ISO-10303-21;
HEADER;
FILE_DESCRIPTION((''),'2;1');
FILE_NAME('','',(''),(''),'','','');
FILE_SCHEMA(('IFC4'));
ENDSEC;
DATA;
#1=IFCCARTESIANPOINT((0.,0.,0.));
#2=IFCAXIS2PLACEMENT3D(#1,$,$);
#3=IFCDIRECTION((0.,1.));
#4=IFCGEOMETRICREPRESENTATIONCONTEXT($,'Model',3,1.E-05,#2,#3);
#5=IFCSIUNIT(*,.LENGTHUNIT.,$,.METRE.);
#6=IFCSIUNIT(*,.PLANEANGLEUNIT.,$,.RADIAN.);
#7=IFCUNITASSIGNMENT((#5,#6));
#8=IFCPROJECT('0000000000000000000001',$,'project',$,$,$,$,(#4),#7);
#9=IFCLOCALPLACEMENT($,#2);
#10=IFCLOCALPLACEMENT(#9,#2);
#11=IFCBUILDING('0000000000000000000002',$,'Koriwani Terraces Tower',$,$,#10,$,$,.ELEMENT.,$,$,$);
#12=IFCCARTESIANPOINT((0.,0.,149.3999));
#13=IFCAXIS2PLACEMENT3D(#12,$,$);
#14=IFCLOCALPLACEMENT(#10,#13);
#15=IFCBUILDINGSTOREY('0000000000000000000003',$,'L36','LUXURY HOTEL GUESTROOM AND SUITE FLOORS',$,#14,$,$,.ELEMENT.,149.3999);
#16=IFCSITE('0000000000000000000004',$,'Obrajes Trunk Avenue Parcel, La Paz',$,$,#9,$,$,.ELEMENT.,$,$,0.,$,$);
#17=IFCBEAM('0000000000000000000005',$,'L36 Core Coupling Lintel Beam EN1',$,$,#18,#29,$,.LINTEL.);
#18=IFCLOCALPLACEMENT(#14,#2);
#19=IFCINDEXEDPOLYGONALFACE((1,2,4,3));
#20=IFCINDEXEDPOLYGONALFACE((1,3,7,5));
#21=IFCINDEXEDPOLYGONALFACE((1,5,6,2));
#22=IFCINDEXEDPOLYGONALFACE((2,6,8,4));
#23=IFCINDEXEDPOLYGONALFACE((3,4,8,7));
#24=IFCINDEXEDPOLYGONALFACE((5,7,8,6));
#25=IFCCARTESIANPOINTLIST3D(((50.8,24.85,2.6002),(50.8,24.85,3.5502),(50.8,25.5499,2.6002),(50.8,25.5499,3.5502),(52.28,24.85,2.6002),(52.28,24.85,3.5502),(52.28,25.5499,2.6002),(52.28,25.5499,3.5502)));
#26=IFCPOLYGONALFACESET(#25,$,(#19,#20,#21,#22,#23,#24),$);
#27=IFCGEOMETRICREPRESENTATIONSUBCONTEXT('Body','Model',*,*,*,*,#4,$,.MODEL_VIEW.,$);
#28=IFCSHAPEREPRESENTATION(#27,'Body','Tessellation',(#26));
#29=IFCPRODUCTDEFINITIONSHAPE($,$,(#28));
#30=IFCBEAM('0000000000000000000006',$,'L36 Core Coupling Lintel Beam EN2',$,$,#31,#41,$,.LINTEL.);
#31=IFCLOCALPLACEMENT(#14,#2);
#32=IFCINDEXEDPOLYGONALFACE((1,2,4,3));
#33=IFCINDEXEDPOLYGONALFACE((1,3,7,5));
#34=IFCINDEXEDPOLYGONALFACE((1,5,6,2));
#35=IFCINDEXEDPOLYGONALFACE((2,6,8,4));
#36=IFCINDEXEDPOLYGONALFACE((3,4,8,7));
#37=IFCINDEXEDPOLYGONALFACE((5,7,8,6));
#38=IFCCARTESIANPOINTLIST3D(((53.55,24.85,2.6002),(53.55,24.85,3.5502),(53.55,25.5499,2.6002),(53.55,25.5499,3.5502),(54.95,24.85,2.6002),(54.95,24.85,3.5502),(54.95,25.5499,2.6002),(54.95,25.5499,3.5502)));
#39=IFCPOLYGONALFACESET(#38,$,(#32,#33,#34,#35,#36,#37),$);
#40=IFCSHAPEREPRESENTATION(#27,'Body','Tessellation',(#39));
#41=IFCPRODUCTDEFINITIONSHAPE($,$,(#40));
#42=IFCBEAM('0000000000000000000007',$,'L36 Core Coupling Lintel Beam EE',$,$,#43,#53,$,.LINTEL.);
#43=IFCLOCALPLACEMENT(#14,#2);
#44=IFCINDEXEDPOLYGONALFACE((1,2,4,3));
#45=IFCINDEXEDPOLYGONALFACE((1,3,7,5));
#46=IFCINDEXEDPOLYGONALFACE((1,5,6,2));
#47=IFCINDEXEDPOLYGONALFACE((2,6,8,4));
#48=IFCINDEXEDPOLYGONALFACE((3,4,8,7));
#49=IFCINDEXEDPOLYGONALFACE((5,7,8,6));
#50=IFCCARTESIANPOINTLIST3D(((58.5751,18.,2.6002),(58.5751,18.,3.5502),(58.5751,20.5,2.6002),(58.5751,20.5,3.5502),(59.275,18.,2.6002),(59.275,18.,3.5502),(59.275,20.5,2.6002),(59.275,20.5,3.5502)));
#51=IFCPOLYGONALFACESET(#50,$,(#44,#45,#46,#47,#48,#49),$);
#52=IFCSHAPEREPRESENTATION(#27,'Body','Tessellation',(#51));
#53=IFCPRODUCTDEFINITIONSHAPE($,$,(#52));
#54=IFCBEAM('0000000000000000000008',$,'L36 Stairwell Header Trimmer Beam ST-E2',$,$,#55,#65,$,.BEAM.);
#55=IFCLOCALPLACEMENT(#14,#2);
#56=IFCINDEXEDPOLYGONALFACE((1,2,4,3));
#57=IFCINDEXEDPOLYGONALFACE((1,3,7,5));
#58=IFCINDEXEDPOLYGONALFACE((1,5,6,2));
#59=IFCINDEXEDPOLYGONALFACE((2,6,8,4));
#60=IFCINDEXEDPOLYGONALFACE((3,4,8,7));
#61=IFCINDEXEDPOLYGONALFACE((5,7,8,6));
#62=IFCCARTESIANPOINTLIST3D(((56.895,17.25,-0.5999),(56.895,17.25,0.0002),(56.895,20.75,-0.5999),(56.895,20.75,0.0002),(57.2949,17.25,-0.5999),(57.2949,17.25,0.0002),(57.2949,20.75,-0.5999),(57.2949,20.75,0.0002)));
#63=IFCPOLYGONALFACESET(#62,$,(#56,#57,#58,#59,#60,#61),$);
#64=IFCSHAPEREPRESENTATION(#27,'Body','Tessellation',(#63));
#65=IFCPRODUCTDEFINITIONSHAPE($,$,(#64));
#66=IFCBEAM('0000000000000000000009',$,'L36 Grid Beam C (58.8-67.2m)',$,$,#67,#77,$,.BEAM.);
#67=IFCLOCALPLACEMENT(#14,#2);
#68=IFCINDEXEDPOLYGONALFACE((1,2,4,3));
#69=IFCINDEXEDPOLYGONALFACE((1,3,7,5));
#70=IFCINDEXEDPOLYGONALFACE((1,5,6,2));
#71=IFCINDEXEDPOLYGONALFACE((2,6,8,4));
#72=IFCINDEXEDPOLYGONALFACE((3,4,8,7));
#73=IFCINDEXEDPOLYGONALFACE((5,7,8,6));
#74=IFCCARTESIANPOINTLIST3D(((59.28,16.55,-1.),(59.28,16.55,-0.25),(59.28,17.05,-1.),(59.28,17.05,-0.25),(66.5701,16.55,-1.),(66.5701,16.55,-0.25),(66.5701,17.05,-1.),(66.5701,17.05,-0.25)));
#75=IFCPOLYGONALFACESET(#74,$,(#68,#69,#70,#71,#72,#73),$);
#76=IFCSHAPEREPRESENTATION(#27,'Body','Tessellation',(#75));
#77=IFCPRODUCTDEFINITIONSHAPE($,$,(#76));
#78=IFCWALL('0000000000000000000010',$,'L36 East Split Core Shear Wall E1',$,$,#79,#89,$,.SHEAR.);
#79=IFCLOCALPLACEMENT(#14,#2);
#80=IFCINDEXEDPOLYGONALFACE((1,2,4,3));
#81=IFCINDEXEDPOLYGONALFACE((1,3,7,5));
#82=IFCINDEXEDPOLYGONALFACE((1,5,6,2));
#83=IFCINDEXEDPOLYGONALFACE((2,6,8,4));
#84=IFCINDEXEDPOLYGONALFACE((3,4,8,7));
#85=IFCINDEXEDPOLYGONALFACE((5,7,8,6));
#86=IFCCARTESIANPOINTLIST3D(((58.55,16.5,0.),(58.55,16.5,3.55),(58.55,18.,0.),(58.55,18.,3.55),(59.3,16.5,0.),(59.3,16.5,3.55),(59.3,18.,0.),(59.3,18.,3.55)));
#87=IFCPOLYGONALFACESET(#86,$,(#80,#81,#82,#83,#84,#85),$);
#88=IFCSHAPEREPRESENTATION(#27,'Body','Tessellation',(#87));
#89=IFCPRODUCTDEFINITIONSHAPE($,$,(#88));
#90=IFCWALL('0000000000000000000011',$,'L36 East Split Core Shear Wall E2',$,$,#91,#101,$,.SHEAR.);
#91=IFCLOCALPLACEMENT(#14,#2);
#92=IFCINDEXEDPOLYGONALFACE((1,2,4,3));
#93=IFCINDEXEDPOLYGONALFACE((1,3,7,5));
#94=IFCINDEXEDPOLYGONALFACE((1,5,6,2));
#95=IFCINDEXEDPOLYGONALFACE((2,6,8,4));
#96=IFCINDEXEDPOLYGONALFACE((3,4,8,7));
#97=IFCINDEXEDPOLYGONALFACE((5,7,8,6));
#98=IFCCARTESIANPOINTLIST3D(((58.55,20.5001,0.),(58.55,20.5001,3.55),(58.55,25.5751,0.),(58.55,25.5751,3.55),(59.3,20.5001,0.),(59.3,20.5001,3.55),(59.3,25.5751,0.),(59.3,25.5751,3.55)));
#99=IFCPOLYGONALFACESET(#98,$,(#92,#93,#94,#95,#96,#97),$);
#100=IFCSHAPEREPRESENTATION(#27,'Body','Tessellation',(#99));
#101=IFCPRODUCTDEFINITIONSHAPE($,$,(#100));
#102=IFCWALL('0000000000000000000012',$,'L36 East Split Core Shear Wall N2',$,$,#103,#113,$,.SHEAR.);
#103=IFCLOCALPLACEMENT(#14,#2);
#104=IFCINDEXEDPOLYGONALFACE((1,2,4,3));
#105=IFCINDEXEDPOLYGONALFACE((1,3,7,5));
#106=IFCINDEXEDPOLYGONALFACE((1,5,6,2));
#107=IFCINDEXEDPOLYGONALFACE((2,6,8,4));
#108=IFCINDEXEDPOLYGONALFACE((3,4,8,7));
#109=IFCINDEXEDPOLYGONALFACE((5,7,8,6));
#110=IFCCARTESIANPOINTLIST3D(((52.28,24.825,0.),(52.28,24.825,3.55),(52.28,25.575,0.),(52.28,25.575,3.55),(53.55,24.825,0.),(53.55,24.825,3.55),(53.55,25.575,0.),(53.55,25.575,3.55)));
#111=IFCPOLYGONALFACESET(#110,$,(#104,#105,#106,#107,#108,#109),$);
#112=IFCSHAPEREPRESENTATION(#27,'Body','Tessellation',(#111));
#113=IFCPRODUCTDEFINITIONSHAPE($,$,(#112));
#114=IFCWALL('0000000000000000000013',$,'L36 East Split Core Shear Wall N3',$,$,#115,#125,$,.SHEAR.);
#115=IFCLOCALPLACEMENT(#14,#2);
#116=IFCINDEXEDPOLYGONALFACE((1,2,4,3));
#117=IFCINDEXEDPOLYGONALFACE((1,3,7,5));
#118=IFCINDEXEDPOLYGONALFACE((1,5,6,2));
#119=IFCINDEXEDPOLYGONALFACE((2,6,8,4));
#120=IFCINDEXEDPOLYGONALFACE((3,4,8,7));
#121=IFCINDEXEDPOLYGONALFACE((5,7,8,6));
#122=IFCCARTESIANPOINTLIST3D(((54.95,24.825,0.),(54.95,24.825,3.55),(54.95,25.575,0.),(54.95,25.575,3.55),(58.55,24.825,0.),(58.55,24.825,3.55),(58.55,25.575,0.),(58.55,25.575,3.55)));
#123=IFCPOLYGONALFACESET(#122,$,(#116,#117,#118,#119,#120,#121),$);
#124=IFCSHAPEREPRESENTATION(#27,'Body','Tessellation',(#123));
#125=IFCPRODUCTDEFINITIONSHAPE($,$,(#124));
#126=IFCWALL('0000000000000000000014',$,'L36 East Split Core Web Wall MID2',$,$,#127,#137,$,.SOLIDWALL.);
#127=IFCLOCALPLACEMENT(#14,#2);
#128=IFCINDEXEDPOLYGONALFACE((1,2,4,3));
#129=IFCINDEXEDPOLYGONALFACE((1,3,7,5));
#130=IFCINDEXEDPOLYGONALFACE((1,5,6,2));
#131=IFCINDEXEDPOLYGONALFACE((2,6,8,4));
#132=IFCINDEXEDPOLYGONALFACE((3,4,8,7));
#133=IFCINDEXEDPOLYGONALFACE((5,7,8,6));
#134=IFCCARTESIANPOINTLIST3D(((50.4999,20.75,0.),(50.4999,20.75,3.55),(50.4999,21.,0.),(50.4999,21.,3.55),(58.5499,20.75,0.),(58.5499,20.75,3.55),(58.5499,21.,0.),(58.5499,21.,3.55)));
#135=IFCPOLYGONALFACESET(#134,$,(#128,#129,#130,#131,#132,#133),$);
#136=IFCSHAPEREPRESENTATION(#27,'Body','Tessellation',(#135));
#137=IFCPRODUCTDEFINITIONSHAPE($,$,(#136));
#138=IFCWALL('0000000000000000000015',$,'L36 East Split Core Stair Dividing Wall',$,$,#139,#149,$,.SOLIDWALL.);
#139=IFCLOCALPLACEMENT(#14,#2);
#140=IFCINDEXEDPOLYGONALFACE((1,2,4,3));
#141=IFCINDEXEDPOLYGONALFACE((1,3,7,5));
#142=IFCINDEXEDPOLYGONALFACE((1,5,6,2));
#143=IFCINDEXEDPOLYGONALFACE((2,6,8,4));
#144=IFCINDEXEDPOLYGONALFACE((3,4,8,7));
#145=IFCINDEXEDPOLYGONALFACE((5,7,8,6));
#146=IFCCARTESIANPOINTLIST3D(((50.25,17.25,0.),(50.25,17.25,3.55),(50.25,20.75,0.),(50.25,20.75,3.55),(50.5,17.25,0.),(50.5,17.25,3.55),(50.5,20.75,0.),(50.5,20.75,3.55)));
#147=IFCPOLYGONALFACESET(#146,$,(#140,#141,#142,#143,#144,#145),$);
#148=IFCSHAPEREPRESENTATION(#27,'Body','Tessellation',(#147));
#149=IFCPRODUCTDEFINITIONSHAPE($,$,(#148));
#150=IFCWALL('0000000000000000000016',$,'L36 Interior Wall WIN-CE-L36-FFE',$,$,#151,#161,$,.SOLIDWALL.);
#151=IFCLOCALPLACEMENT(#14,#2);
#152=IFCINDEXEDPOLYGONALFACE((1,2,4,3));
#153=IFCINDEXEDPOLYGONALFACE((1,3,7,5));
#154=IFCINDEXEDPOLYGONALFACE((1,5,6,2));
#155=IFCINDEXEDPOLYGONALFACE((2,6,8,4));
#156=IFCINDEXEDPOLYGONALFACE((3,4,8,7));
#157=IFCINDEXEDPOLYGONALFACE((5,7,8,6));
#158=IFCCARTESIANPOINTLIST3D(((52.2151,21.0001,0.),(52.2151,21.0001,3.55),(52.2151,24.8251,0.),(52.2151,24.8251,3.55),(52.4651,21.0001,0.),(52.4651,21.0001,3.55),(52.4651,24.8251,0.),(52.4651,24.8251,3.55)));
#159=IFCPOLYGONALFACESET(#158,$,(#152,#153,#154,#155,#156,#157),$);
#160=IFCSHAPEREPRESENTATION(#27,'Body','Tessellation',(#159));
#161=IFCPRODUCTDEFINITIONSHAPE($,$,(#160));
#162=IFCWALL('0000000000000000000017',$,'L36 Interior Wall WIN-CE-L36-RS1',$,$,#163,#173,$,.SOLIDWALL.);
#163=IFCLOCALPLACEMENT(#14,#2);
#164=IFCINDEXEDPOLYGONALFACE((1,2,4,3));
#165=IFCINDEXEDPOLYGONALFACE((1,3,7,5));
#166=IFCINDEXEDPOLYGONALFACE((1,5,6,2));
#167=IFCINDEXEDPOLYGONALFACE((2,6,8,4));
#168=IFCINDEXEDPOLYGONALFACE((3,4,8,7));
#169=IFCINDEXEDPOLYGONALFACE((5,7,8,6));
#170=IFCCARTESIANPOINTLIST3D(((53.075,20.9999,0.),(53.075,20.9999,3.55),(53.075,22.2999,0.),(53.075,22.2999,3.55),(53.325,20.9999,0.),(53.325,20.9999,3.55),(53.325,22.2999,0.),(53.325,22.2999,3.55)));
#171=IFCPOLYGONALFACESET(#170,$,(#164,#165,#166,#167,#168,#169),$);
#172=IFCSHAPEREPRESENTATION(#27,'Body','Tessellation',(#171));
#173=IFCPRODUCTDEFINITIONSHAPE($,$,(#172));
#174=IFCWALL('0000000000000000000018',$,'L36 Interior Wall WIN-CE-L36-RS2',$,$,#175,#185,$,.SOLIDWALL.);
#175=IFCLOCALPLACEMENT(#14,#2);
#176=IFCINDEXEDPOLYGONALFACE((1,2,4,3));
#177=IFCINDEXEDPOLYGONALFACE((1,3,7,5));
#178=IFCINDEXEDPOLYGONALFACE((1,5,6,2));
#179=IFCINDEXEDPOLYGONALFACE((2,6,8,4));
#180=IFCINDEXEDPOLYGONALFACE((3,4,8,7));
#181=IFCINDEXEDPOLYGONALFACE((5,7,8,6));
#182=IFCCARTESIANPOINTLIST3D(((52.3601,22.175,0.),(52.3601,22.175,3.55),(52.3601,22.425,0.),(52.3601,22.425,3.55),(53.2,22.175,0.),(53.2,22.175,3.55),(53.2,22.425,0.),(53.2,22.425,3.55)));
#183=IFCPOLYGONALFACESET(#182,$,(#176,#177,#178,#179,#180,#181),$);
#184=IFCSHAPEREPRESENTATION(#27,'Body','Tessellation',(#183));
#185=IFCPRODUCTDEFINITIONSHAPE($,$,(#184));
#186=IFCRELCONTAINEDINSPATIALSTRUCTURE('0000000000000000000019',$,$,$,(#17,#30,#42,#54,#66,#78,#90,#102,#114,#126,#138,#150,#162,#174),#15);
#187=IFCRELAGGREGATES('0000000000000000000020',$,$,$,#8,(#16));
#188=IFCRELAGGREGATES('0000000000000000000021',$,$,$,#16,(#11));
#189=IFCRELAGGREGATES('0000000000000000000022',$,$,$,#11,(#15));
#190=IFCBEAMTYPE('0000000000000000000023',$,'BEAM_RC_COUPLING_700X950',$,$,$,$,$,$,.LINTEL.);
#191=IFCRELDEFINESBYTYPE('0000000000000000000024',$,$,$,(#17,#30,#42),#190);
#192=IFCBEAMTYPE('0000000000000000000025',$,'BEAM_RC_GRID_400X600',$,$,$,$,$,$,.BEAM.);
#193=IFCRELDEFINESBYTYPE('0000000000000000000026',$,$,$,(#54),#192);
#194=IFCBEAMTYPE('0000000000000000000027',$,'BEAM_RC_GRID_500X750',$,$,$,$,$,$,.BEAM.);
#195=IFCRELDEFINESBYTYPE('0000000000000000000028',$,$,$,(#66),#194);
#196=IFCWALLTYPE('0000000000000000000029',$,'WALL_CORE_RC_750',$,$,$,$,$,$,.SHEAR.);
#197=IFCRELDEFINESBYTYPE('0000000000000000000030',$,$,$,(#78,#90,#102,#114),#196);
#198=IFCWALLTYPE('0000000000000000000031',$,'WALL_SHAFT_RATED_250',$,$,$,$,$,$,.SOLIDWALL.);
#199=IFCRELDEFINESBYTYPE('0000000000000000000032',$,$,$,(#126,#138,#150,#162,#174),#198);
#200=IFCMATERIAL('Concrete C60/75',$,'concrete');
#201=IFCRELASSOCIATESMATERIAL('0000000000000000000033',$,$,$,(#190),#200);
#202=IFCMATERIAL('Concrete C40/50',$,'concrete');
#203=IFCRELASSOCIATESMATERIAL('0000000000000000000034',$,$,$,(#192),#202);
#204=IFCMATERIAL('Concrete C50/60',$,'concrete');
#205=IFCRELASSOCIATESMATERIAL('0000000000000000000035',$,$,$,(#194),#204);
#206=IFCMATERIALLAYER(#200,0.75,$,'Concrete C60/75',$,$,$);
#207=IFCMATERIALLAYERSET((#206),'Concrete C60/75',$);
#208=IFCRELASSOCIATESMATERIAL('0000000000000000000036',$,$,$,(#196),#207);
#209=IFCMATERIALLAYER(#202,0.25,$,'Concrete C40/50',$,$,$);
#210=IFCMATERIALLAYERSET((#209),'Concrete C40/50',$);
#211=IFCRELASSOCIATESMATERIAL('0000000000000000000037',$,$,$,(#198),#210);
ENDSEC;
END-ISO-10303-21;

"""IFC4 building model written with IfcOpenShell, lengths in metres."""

from ifc_helpers import new_model, si_unit, direction, frame, frame_2d, origin, origin_2d, place, context, subcontext, project, spatial, rectangle, extrude, material, layer, layer_set, material_profile, profile_set, type_object, element, save


model = new_model("IFC4")

# Units and contexts
model_context = context("Model", 3, precision=1e-05, world=origin(), true_north=direction((0.0, 1.0)))
body_context = subcontext(model_context, "Body", "Model", "MODEL_VIEW")
ifc_project = project(units=[si_unit("LENGTHUNIT", "METRE"), si_unit("PLANEANGLEUNIT", "RADIAN")], contexts=[model_context])

# Site, building, storey
site_placement = place(None, origin())
site = spatial("IfcSite", under=ifc_project, at=site_placement, Name="Obrajes Trunk Avenue Parcel, La Paz", CompositionType="ELEMENT", RefElevation=0.0)
building_placement = place(site_placement, origin())
building = spatial("IfcBuilding", under=site, at=building_placement, Name="Koriwani Terraces Tower", CompositionType="ELEMENT")
storey_placement = place(building_placement, frame((0.0, 0.0, 149.3999)))
storey = spatial("IfcBuildingStorey", under=building, at=storey_placement, Name="L36", Description="LUXURY HOTEL GUESTROOM AND SUITE FLOORS", CompositionType="ELEMENT", Elevation=149.3999)

# Beams
ifc_material_1 = material(Name="Concrete C60/75", Category="concrete")
ifc_material_profile_1 = material_profile(ifc_material_1, rectangle(XDim=0.7, YDim=0.95, at=origin_2d()), Name="Concrete C60/75", Category="LoadBearing")
ifc_profile_set_1 = profile_set([ifc_material_profile_1], Name="Concrete C60/75")
beam_type_1 = type_object("IfcBeamType", Name="BEAM_RC_COUPLING_700X950", PredefinedType="LINTEL", material=ifc_profile_set_1)
beam_1_placement = place(storey_placement, frame((50.8, 25.2, 3.0752), z_axis=(1.0, 0.0, 0.0), x_axis=(0.0, 1.0, 0.0)))
element("IfcBeam", 1, at=beam_1_placement, inside=storey, type_object=beam_type_1, Name="L36 Core Coupling Lintel Beam EN1", PredefinedType="LINTEL", context=body_context, shape_type="SweptSolid", body=[
    extrude(rectangle(XDim=0.7, YDim=0.95, at=origin_2d()), origin(), (0.0, 0.0, 1.0), 1.48),
])
beam_2_placement = place(storey_placement, frame((53.55, 25.2, 3.0752), z_axis=(1.0, 0.0, 0.0), x_axis=(0.0, 1.0, 0.0)))
element("IfcBeam", 2, at=beam_2_placement, inside=storey, type_object=beam_type_1, Name="L36 Core Coupling Lintel Beam EN2", PredefinedType="LINTEL", context=body_context, shape_type="SweptSolid", body=[
    extrude(rectangle(XDim=0.7, YDim=0.95, at=origin_2d()), origin(), (0.0, 0.0, 1.0), 1.3999),
])
beam_3_placement = place(storey_placement, frame((58.925, 18.0, 3.0752), z_axis=(0.0, 1.0, 0.0), x_axis=(-1.0, 0.0, 0.0)))
element("IfcBeam", 3, at=beam_3_placement, inside=storey, type_object=beam_type_1, Name="L36 Core Coupling Lintel Beam EE", PredefinedType="LINTEL", context=body_context, shape_type="SweptSolid", body=[
    extrude(rectangle(XDim=0.7, YDim=0.95, at=origin_2d()), origin(), (0.0, 0.0, 1.0), 2.5),
])
ifc_material_2 = material(Name="Concrete C40/50", Category="concrete")
ifc_material_profile_2 = material_profile(ifc_material_2, rectangle(XDim=0.3999, YDim=0.6001, at=origin_2d()), Name="Concrete C40/50", Category="LoadBearing")
ifc_profile_set_2 = profile_set([ifc_material_profile_2], Name="Concrete C40/50")
beam_type_2 = type_object("IfcBeamType", Name="BEAM_RC_GRID_400X600", PredefinedType="BEAM", material=ifc_profile_set_2)
beam_4_placement = place(storey_placement, frame((57.095, 17.25, -0.2998), z_axis=(0.0, 1.0, 0.0), x_axis=(-1.0, 0.0, 0.0)))
element("IfcBeam", 4, at=beam_4_placement, inside=storey, type_object=beam_type_2, Name="L36 Stairwell Header Trimmer Beam ST-E2", PredefinedType="BEAM", context=body_context, shape_type="SweptSolid", body=[
    extrude(rectangle(XDim=0.3999, YDim=0.6001, at=origin_2d()), origin(), (0.0, 0.0, 1.0), 3.5),
])
ifc_material_3 = material(Name="Concrete C50/60", Category="concrete")
ifc_material_profile_3 = material_profile(ifc_material_3, rectangle(XDim=0.5, YDim=0.75, at=origin_2d()), Name="Concrete C50/60", Category="LoadBearing")
ifc_profile_set_3 = profile_set([ifc_material_profile_3], Name="Concrete C50/60")
beam_type_3 = type_object("IfcBeamType", Name="BEAM_RC_GRID_500X750", PredefinedType="BEAM", material=ifc_profile_set_3)
beam_5_placement = place(storey_placement, frame((59.28, 16.8, -0.625), z_axis=(1.0, 0.0, 0.0), x_axis=(0.0, 1.0, 0.0)))
element("IfcBeam", 5, at=beam_5_placement, inside=storey, type_object=beam_type_3, Name="L36 Grid Beam C (58.8-67.2m)", PredefinedType="BEAM", context=body_context, shape_type="SweptSolid", body=[
    extrude(rectangle(XDim=0.5, YDim=0.75, at=origin_2d()), origin(), (0.0, 0.0, 1.0), 7.29),
])

# Walls
ifc_layer_1 = layer(ifc_material_1, 0.75, Name="Concrete C60/75")
ifc_layer_set_1 = layer_set([ifc_layer_1], Name="Concrete C60/75")
wall_type_1 = type_object("IfcWallType", Name="WALL_CORE_RC_750", PredefinedType="SHEAR", material=ifc_layer_set_1)
wall_1_placement = place(storey_placement, frame((58.925, 16.5, 0.0), z_axis=(0.0, 0.0, 1.0), x_axis=(0.0, 1.0, 0.0)))
element("IfcWall", 6, at=wall_1_placement, inside=storey, type_object=wall_type_1, Name="L36 East Split Core Shear Wall E1", PredefinedType="SHEAR", context=body_context, shape_type="SweptSolid", body=[
    extrude(rectangle(XDim=1.5, YDim=0.75, at=frame_2d((0.75, 0.0))), origin(), (0.0, 0.0, 1.0), 3.55),
])
wall_2_placement = place(storey_placement, frame((58.925, 20.5, 0.0), z_axis=(0.0, 0.0, 1.0), x_axis=(0.0, 1.0, 0.0)))
element("IfcWall", 7, at=wall_2_placement, inside=storey, type_object=wall_type_1, Name="L36 East Split Core Shear Wall E2", PredefinedType="SHEAR", context=body_context, shape_type="SweptSolid", body=[
    extrude(rectangle(XDim=5.075, YDim=0.75, at=frame_2d((2.5376, 0.0))), origin(), (0.0, 0.0, 1.0), 3.55),
])
wall_3_placement = place(storey_placement, frame((52.28, 25.2, 0.0), z_axis=(0.0, 0.0, 1.0), x_axis=(1.0, 0.0, 0.0)))
element("IfcWall", 8, at=wall_3_placement, inside=storey, type_object=wall_type_1, Name="L36 East Split Core Shear Wall N2", PredefinedType="SHEAR", context=body_context, shape_type="SweptSolid", body=[
    extrude(rectangle(XDim=1.27, YDim=0.75, at=frame_2d((0.635, 0.0))), origin(), (0.0, 0.0, 1.0), 3.55),
])
wall_4_placement = place(storey_placement, frame((54.95, 25.2, 0.0), z_axis=(0.0, 0.0, 1.0), x_axis=(1.0, 0.0, 0.0)))
element("IfcWall", 9, at=wall_4_placement, inside=storey, type_object=wall_type_1, Name="L36 East Split Core Shear Wall N3", PredefinedType="SHEAR", context=body_context, shape_type="SweptSolid", body=[
    extrude(rectangle(XDim=3.6001, YDim=0.75, at=frame_2d((1.8, 0.0))), origin(), (0.0, 0.0, 1.0), 3.55),
])
ifc_layer_2 = layer(ifc_material_2, 0.25, Name="Concrete C40/50")
ifc_layer_set_2 = layer_set([ifc_layer_2], Name="Concrete C40/50")
wall_type_2 = type_object("IfcWallType", Name="WALL_SHAFT_RATED_250", PredefinedType="SOLIDWALL", material=ifc_layer_set_2)
wall_5_placement = place(storey_placement, frame((50.5, 20.875, 0.0), z_axis=(0.0, 0.0, 1.0), x_axis=(1.0, 0.0, 0.0)))
element("IfcWall", 10, at=wall_5_placement, inside=storey, type_object=wall_type_2, Name="L36 East Split Core Web Wall MID2", PredefinedType="SOLIDWALL", context=body_context, shape_type="SweptSolid", body=[
    extrude(rectangle(XDim=8.05, YDim=0.25, at=frame_2d((4.0249, 0.0))), origin(), (0.0, 0.0, 1.0), 3.55),
])
wall_6_placement = place(storey_placement, frame((50.375, 17.25, 0.0), z_axis=(0.0, 0.0, 1.0), x_axis=(0.0, 1.0, 0.0)))
element("IfcWall", 11, at=wall_6_placement, inside=storey, type_object=wall_type_2, Name="L36 East Split Core Stair Dividing Wall", PredefinedType="SOLIDWALL", context=body_context, shape_type="SweptSolid", body=[
    extrude(rectangle(XDim=3.5, YDim=0.25, at=frame_2d((1.75, 0.0))), origin(), (0.0, 0.0, 1.0), 3.55),
])

# Wall
wall_7_placement = place(storey_placement, frame((52.3401, 21.0, 0.0), z_axis=(0.0, 0.0, 1.0), x_axis=(0.0, 1.0, 0.0)))
element("IfcWall", 12, at=wall_7_placement, inside=storey, type_object=wall_type_2, Name="L36 Interior Wall WIN-CE-L36-FFE", PredefinedType="SOLIDWALL", context=body_context, shape_type="SweptSolid", body=[
    extrude(rectangle(XDim=3.825, YDim=0.25, at=frame_2d((1.9126, 0.0))), origin(), (0.0, 0.0, 1.0), 3.55),
])

# Walls
wall_8_placement = place(storey_placement, frame((53.2, 21.0, 0.0), z_axis=(0.0, 0.0, 1.0), x_axis=(0.0, 1.0, 0.0)))
element("IfcWall", 13, at=wall_8_placement, inside=storey, type_object=wall_type_2, Name="L36 Interior Wall WIN-CE-L36-RS1", PredefinedType="SOLIDWALL", context=body_context, shape_type="SweptSolid", body=[
    extrude(rectangle(XDim=1.3, YDim=0.25, at=frame_2d((0.6499, 0.0))), origin(), (0.0, 0.0, 1.0), 3.55),
])
wall_9_placement = place(storey_placement, frame((52.3601, 22.3, 0.0), z_axis=(0.0, 0.0, 1.0), x_axis=(1.0, 0.0, 0.0)))
element("IfcWall", 14, at=wall_9_placement, inside=storey, type_object=wall_type_2, Name="L36 Interior Wall WIN-CE-L36-RS2", PredefinedType="SOLIDWALL", context=body_context, shape_type="SweptSolid", body=[
    extrude(rectangle(XDim=0.8398, YDim=0.25, at=frame_2d((0.4199, 0.0))), origin(), (0.0, 0.0, 1.0), 3.55),
])

save(model, "model.ifc")
